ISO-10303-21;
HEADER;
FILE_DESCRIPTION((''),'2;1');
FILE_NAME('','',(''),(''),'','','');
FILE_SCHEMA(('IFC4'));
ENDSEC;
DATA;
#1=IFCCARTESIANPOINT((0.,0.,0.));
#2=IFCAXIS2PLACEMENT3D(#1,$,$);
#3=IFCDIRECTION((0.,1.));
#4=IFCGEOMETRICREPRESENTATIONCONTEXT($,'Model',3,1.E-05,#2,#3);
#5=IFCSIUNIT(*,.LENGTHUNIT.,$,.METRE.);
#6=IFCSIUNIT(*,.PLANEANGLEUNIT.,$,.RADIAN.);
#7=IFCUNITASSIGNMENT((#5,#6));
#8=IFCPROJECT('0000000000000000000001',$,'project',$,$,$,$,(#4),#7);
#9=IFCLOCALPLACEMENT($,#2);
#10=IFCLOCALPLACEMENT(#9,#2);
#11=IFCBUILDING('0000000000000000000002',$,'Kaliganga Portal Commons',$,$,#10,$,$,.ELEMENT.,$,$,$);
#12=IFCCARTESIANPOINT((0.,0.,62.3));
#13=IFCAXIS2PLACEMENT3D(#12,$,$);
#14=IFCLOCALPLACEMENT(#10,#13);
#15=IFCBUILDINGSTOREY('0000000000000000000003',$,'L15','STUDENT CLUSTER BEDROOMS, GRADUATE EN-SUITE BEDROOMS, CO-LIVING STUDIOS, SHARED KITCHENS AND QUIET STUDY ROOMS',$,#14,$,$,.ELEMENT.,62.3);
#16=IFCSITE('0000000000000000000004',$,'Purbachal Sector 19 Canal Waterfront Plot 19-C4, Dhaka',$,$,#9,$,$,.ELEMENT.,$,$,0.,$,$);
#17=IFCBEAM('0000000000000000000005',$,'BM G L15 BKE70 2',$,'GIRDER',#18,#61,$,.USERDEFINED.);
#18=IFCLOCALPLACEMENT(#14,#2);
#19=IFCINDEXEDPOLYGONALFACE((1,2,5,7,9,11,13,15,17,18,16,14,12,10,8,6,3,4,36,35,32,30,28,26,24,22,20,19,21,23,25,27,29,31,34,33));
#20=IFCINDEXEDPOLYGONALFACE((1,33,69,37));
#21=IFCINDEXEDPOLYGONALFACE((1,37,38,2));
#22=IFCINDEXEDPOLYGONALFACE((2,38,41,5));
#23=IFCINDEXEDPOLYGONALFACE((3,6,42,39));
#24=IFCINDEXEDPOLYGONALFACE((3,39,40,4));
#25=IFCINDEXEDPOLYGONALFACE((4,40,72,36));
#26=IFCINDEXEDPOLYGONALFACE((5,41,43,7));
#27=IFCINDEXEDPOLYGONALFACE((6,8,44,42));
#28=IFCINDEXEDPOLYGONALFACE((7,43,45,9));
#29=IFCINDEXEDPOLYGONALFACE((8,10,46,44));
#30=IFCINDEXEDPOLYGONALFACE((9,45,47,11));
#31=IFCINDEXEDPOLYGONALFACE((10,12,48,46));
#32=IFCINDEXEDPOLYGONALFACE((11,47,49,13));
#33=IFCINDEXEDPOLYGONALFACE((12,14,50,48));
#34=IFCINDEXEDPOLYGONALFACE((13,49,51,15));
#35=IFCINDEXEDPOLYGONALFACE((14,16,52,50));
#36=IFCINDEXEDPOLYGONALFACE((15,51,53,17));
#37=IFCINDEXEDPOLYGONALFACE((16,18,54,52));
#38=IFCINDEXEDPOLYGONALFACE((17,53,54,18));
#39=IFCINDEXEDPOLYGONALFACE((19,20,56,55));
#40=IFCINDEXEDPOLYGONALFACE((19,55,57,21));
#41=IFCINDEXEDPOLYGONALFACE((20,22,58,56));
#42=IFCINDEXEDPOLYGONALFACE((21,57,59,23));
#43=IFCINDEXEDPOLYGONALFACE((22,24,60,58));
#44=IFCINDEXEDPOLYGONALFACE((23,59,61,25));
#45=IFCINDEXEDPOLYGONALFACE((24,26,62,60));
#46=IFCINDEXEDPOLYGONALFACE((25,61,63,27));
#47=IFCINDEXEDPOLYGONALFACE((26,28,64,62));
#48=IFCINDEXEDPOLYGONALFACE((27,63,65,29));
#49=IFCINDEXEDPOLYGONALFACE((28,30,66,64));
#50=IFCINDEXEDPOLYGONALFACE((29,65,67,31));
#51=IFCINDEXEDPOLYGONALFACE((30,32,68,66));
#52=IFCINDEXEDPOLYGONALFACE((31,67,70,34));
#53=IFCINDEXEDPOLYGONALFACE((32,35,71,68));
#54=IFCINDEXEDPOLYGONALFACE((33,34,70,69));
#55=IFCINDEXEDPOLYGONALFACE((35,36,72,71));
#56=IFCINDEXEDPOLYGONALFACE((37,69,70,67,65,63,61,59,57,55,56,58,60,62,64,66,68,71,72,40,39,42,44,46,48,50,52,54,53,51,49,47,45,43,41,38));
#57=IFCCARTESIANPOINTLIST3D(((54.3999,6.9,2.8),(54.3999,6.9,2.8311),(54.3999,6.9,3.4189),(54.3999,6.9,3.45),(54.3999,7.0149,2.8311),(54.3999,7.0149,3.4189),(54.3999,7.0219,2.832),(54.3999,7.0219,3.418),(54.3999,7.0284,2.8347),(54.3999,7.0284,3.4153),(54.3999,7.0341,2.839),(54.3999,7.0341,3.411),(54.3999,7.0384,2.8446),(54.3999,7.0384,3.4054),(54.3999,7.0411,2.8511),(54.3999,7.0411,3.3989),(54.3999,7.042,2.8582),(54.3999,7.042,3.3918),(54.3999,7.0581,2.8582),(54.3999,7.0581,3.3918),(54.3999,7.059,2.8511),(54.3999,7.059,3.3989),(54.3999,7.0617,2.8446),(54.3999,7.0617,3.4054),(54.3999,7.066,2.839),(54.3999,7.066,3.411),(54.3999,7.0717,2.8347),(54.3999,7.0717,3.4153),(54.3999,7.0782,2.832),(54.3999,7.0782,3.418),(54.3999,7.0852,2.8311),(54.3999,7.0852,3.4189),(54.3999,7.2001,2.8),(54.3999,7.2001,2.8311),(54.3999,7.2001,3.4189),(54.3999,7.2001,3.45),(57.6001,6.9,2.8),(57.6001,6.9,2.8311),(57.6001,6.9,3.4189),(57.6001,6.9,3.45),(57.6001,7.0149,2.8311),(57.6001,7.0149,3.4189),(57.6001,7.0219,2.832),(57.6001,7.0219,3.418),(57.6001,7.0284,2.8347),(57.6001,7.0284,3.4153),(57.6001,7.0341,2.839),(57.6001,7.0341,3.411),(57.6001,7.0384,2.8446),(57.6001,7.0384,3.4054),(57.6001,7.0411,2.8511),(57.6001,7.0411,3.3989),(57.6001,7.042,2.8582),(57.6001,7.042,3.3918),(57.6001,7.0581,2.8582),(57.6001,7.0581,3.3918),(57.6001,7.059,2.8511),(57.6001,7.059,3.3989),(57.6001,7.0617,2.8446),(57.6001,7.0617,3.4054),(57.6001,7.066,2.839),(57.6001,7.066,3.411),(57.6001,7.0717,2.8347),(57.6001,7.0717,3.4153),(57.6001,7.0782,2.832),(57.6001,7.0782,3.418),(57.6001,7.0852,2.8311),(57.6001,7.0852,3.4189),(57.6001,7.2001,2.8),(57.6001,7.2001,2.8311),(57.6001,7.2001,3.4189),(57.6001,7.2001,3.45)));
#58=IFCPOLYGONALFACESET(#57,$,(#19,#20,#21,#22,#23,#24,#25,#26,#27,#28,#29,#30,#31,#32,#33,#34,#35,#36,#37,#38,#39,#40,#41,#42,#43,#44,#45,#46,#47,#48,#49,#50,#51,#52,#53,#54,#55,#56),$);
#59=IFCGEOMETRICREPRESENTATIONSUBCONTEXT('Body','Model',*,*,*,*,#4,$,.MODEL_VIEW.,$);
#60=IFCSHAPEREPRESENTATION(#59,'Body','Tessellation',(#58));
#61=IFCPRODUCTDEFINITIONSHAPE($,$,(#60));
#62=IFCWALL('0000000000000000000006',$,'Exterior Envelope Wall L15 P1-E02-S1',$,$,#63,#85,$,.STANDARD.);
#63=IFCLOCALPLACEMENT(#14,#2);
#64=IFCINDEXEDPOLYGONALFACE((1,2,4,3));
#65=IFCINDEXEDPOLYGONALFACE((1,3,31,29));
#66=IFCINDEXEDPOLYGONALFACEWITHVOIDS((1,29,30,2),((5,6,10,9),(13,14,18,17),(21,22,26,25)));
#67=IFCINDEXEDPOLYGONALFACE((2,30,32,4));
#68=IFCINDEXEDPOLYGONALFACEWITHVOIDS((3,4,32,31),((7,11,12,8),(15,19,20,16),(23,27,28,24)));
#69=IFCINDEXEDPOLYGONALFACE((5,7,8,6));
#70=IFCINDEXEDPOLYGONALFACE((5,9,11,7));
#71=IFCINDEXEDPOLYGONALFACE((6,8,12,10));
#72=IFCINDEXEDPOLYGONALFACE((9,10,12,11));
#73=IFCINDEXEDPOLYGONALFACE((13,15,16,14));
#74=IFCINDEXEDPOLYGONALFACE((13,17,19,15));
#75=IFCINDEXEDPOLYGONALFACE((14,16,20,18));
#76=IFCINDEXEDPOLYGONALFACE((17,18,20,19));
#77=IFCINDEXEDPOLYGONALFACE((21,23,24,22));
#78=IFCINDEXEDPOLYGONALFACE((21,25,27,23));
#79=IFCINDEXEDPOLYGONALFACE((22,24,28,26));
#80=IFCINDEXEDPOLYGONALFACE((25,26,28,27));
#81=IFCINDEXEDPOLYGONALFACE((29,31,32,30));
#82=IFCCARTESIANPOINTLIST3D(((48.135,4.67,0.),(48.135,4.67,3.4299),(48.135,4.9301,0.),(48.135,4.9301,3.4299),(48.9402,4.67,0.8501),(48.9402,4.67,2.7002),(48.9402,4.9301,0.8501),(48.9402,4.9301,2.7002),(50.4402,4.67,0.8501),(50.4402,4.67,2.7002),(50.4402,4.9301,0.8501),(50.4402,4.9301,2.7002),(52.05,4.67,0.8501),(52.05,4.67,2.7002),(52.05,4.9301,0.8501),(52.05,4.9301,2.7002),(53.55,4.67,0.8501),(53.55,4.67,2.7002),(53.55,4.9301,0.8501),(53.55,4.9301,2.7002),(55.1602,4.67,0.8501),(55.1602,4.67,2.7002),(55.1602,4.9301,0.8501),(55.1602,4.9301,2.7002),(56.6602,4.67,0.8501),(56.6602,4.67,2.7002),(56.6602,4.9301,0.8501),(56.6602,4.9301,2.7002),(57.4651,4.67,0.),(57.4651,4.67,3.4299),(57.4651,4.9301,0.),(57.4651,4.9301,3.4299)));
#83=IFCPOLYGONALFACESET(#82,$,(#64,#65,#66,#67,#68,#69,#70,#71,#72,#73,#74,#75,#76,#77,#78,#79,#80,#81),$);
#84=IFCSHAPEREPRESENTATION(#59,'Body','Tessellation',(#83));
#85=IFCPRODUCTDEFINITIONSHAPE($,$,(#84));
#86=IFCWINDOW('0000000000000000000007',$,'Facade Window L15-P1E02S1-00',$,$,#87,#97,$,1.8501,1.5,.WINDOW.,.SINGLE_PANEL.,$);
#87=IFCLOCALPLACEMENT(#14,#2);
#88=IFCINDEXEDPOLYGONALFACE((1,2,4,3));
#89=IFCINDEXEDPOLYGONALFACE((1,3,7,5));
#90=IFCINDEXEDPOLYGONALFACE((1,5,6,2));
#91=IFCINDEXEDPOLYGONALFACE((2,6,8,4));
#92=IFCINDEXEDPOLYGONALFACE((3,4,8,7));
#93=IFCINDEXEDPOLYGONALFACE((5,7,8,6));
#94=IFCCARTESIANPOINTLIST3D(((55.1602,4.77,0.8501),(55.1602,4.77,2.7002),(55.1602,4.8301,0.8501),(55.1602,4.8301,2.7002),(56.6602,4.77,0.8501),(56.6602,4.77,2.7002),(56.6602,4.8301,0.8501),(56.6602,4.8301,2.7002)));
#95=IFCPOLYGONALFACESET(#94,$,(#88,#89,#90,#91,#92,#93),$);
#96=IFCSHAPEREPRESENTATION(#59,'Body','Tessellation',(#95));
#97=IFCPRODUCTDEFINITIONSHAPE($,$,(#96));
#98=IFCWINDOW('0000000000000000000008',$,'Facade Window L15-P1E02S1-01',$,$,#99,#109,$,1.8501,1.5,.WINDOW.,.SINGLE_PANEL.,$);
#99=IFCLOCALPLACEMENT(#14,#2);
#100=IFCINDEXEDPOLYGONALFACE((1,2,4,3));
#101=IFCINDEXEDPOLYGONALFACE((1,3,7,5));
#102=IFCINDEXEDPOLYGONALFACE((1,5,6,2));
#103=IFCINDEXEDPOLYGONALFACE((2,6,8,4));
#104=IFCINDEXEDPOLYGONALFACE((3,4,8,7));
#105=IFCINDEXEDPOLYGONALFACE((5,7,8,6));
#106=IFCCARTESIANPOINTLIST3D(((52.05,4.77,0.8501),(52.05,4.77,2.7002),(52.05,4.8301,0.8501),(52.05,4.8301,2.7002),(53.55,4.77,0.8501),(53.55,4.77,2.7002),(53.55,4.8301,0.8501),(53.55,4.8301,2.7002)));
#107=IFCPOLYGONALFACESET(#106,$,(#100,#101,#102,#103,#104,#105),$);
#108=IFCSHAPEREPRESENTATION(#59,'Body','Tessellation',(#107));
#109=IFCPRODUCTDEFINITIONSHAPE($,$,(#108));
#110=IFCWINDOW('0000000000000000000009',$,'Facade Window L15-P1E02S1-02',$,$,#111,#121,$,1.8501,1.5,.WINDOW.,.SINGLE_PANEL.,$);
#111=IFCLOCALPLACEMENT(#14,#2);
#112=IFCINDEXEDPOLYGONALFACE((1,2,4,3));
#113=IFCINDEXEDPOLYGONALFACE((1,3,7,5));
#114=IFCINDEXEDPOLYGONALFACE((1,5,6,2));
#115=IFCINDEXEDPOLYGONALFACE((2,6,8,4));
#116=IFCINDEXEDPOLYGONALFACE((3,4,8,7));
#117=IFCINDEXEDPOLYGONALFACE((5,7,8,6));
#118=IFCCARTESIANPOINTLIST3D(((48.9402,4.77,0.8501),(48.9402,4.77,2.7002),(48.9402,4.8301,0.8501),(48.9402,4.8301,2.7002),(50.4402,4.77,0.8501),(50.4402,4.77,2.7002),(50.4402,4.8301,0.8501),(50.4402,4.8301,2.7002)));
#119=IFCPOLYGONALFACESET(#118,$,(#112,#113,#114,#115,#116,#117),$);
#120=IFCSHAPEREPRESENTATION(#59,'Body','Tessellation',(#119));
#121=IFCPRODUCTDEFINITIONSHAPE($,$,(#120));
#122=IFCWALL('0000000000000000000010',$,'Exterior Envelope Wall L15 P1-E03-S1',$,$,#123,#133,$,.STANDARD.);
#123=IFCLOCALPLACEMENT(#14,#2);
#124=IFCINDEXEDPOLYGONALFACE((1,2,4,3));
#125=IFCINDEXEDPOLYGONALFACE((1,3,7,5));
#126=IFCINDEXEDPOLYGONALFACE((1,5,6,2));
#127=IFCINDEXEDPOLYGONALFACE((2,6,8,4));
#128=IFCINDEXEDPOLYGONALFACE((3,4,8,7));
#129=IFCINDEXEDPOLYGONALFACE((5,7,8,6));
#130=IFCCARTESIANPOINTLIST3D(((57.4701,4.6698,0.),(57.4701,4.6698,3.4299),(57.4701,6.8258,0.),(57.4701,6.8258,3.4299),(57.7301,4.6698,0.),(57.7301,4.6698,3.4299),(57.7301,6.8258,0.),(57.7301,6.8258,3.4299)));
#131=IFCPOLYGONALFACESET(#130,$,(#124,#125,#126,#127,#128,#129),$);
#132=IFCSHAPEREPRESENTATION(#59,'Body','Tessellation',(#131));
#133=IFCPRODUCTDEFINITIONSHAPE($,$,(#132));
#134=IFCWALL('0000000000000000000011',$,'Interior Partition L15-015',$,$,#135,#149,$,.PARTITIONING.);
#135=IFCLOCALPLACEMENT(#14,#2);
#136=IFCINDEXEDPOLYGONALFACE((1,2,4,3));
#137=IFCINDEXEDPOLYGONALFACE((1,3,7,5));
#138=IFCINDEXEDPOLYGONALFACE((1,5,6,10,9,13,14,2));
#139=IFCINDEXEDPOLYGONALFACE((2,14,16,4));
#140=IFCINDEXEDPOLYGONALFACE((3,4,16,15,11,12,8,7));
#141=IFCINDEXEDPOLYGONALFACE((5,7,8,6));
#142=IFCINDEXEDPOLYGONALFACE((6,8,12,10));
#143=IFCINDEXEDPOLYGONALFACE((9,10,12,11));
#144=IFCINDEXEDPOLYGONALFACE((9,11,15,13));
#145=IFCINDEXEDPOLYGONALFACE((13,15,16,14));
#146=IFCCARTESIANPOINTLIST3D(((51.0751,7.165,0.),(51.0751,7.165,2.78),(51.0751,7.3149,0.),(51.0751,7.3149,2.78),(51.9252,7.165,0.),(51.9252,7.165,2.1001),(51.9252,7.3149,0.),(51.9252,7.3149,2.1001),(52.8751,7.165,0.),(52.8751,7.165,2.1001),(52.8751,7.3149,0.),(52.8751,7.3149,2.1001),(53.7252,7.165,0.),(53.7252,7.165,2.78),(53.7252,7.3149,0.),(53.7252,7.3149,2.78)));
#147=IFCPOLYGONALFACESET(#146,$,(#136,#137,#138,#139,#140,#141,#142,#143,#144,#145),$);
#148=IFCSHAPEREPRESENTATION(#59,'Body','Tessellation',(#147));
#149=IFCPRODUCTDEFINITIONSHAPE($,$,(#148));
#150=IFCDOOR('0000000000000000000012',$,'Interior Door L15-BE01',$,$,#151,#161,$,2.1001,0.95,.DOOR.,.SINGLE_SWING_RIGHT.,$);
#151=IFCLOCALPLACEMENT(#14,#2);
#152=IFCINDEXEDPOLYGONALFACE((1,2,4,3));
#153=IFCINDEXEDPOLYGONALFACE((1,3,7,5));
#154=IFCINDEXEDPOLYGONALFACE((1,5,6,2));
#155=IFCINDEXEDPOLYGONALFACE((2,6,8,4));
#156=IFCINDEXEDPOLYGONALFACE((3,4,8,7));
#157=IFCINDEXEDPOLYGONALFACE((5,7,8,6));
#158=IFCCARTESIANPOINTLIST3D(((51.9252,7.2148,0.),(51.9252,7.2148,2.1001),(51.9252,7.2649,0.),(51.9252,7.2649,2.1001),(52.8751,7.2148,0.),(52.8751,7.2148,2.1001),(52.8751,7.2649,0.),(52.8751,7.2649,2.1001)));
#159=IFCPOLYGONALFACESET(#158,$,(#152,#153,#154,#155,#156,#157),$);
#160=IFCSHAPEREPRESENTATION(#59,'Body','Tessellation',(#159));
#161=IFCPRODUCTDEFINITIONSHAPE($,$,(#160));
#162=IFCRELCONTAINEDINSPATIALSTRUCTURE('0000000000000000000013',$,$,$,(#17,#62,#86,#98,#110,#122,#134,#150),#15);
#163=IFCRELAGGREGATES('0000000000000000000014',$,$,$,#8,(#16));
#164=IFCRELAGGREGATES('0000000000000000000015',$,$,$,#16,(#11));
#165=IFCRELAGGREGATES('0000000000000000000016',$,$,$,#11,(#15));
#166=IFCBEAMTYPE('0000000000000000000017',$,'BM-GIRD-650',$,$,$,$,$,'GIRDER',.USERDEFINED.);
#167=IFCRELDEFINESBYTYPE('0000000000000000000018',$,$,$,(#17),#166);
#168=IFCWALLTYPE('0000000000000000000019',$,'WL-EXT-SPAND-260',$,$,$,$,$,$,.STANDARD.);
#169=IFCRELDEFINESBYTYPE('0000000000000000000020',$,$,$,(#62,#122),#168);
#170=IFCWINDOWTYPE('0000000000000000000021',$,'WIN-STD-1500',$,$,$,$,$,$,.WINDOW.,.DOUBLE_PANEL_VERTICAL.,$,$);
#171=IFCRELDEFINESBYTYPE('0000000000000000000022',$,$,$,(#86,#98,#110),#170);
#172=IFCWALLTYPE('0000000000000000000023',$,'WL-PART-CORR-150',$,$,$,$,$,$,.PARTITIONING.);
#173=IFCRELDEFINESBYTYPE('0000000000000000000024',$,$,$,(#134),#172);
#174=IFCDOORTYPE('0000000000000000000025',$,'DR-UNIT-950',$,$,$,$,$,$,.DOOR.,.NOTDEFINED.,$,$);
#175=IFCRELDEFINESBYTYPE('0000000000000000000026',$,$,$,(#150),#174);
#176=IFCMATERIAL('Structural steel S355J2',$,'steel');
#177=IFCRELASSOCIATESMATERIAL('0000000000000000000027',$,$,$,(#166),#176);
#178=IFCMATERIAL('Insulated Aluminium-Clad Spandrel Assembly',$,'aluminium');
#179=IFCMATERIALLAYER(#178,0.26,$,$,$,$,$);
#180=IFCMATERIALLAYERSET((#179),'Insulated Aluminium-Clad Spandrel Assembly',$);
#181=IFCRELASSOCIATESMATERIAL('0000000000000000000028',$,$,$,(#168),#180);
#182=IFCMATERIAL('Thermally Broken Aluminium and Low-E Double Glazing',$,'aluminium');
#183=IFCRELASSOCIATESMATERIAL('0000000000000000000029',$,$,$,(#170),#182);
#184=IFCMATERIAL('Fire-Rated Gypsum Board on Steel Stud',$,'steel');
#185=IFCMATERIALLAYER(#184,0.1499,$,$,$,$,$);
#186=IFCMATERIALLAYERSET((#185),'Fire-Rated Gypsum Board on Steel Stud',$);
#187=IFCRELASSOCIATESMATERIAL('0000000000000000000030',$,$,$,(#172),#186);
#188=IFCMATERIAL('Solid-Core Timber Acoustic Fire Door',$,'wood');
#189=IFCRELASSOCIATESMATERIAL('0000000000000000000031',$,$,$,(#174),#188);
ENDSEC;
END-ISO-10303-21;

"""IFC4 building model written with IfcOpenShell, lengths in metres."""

from ifc_helpers import new_model, si_unit, direction, frame, frame_2d, origin, origin_2d, place, context, subcontext, project, spatial, rectangle, i_section, extrude, source, transform, mapped, material, layer, layer_set, material_profile, profile_set, type_object, element, fill, save


model = new_model("IFC4")

# Units and contexts
model_context = context("Model", 3, precision=1e-05, world=origin(), true_north=direction((0.0, 1.0)))
body_context = subcontext(model_context, "Body", "Model", "MODEL_VIEW")
ifc_project = project(units=[si_unit("LENGTHUNIT", "METRE"), si_unit("PLANEANGLEUNIT", "RADIAN")], contexts=[model_context])

# Site, building, storey
site_placement = place(None, origin())
site = spatial("IfcSite", under=ifc_project, at=site_placement, Name="Purbachal Sector 19 Canal Waterfront Plot 19-C4, Dhaka", CompositionType="ELEMENT", RefElevation=0.0)
building_placement = place(site_placement, origin())
building = spatial("IfcBuilding", under=site, at=building_placement, Name="Kaliganga Portal Commons", CompositionType="ELEMENT")
storey_placement = place(building_placement, frame((0.0, 0.0, 62.3)))
storey = spatial("IfcBuildingStorey", under=building, at=storey_placement, Name="L15", Description="STUDENT CLUSTER BEDROOMS, GRADUATE EN-SUITE BEDROOMS, CO-LIVING STUDIOS, SHARED KITCHENS AND QUIET STUDY ROOMS", CompositionType="ELEMENT", Elevation=62.3)

# Beam
ifc_material_1 = material(Name="Structural steel S355J2", Category="steel")
ifc_material_profile_1 = material_profile(ifc_material_1, i_section(OverallWidth=0.3, OverallDepth=0.6499, WebThickness=0.0161, FlangeThickness=0.031, FilletRadius=0.0271, at=origin_2d()), Name="HE 650 B")
ifc_profile_set_1 = profile_set([ifc_material_profile_1], Name="Structural steel S355J2 wide-flange")
beam_type_1 = type_object("IfcBeamType", Name="BM-GIRD-650", ElementType="GIRDER", PredefinedType="USERDEFINED", material=ifc_profile_set_1)
shared_shape_1 = source(origin(), body_context, "Body", "SweptSolid", [
    extrude(i_section(OverallWidth=0.3, OverallDepth=0.6499, WebThickness=0.0161, FlangeThickness=0.031, FilletRadius=0.0271, at=origin_2d()), origin(), (0.0, 0.0, 1.0), 3.2002),
])
beam_1_placement = place(storey_placement, frame((54.3999, 7.05, 3.125), z_axis=(1.0, 0.0, 0.0), x_axis=(0.0, 1.0, 0.0)))
element("IfcBeam", 1, at=beam_1_placement, inside=storey, type_object=beam_type_1, Name="BM G L15 BKE70 2", ObjectType="GIRDER", PredefinedType="USERDEFINED", context=body_context, shape_type="MappedRepresentation", body=[
    mapped(shared_shape_1, transform((0.0, 0.0, 0.0), x_axis=(1.0, 0.0, 0.0), y_axis=(0.0, 1.0, 0.0), z_axis=(0.0, 0.0, 1.0), scale=1.0)),
])

# Wall, openings, windows
ifc_material_2 = material(Name="Insulated Aluminium-Clad Spandrel Assembly", Category="aluminium")
ifc_layer_1 = layer(ifc_material_2, 0.26)
ifc_layer_set_1 = layer_set([ifc_layer_1], Name="Insulated Aluminium-Clad Spandrel Assembly")
wall_type_1 = type_object("IfcWallType", Name="WL-EXT-SPAND-260", PredefinedType="STANDARD", material=ifc_layer_set_1)
wall_1_placement = place(storey_placement, frame((57.4651, 4.8, 0.0), z_axis=(0.0, 0.0, 1.0), x_axis=(-1.0, 0.0, 0.0)))
wall_1 = element("IfcWall", 2, at=wall_1_placement, inside=storey, type_object=wall_type_1, Name="Exterior Envelope Wall L15 P1-E02-S1", PredefinedType="STANDARD", context=body_context, shape_type="SweptSolid", body=[
    extrude(rectangle(XDim=9.3301, YDim=0.26, at=frame_2d((4.665, 0.0))), origin(), (0.0, 0.0, 1.0), 3.4299),
])
opening_1_placement = place(wall_1_placement, frame((0.8049, 0.0, 0.8501)))
opening_1 = element("IfcOpeningElement", 3, at=opening_1_placement, cuts=wall_1, PredefinedType="OPENING", context=body_context, shape_type="SweptSolid", body=[
    extrude(rectangle(XDim=1.5, YDim=1.8501, at=frame_2d((0.75, 0.925))), frame((0.0, 0.1401, 0.0), z_axis=(0.0, -1.0, 0.0), x_axis=(1.0, 0.0, 0.0)), (0.0, 0.0, 1.0), 0.28),
])
opening_2_placement = place(wall_1_placement, frame((3.915, 0.0, 0.8501)))
opening_2 = element("IfcOpeningElement", 4, at=opening_2_placement, cuts=wall_1, PredefinedType="OPENING", context=body_context, shape_type="SweptSolid", body=[
    extrude(rectangle(XDim=1.5, YDim=1.8501, at=frame_2d((0.75, 0.925))), frame((0.0, 0.1401, 0.0), z_axis=(0.0, -1.0, 0.0), x_axis=(1.0, 0.0, 0.0)), (0.0, 0.0, 1.0), 0.28),
])
opening_3_placement = place(wall_1_placement, frame((7.0249, 0.0, 0.8501)))
opening_3 = element("IfcOpeningElement", 5, at=opening_3_placement, cuts=wall_1, PredefinedType="OPENING", context=body_context, shape_type="SweptSolid", body=[
    extrude(rectangle(XDim=1.5, YDim=1.8501, at=frame_2d((0.75, 0.925))), frame((0.0, 0.1401, 0.0), z_axis=(0.0, -1.0, 0.0), x_axis=(1.0, 0.0, 0.0)), (0.0, 0.0, 1.0), 0.28),
])
ifc_material_3 = material(Name="Thermally Broken Aluminium and Low-E Double Glazing", Category="aluminium")
window_type = type_object("IfcWindowType", Name="WIN-STD-1500", PartitioningType="DOUBLE_PANEL_VERTICAL", PredefinedType="WINDOW", material=ifc_material_3)
window_1_placement = place(opening_1_placement, origin())
window_1 = element("IfcWindow", 6, at=window_1_placement, inside=storey, type_object=window_type, Name="Facade Window L15-P1E02S1-00", OverallHeight=1.8501, OverallWidth=1.5, PartitioningType="SINGLE_PANEL", PredefinedType="WINDOW", context=body_context, shape_type="SweptSolid", body=[
    extrude(rectangle(XDim=1.5, YDim=1.8501, at=frame_2d((0.75, 0.925))), frame((0.0, 0.03, 0.0), z_axis=(0.0, -1.0, 0.0), x_axis=(1.0, 0.0, 0.0)), (0.0, 0.0, 1.0), 0.0601),
])
fill(opening_1, window_1)
window_2_placement = place(opening_2_placement, origin())
window_2 = element("IfcWindow", 7, at=window_2_placement, inside=storey, type_object=window_type, Name="Facade Window L15-P1E02S1-01", OverallHeight=1.8501, OverallWidth=1.5, PartitioningType="SINGLE_PANEL", PredefinedType="WINDOW", context=body_context, shape_type="SweptSolid", body=[
    extrude(rectangle(XDim=1.5, YDim=1.8501, at=frame_2d((0.75, 0.925))), frame((0.0, 0.03, 0.0), z_axis=(0.0, -1.0, 0.0), x_axis=(1.0, 0.0, 0.0)), (0.0, 0.0, 1.0), 0.0601),
])
fill(opening_2, window_2)
window_3_placement = place(opening_3_placement, origin())
window_3 = element("IfcWindow", 8, at=window_3_placement, inside=storey, type_object=window_type, Name="Facade Window L15-P1E02S1-02", OverallHeight=1.8501, OverallWidth=1.5, PartitioningType="SINGLE_PANEL", PredefinedType="WINDOW", context=body_context, shape_type="SweptSolid", body=[
    extrude(rectangle(XDim=1.5, YDim=1.8501, at=frame_2d((0.75, 0.925))), frame((0.0, 0.03, 0.0), z_axis=(0.0, -1.0, 0.0), x_axis=(1.0, 0.0, 0.0)), (0.0, 0.0, 1.0), 0.0601),
])
fill(opening_3, window_3)

# Wall
wall_2_placement = place(storey_placement, frame((57.6001, 6.8259, 0.0), z_axis=(0.0, 0.0, 1.0), x_axis=(0.0, -1.0, 0.0)))
element("IfcWall", 9, at=wall_2_placement, inside=storey, type_object=wall_type_1, Name="Exterior Envelope Wall L15 P1-E03-S1", PredefinedType="STANDARD", context=body_context, shape_type="SweptSolid", body=[
    extrude(rectangle(XDim=2.156, YDim=0.26, at=frame_2d((1.0781, 0.0))), origin(), (0.0, 0.0, 1.0), 3.4299),
])

# Wall, opening, door
ifc_material_4 = material(Name="Fire-Rated Gypsum Board on Steel Stud", Category="steel")
ifc_layer_2 = layer(ifc_material_4, 0.1499)
ifc_layer_set_2 = layer_set([ifc_layer_2], Name="Fire-Rated Gypsum Board on Steel Stud")
wall_type_2 = type_object("IfcWallType", Name="WL-PART-CORR-150", PredefinedType="PARTITIONING", material=ifc_layer_set_2)
wall_3_placement = place(storey_placement, frame((51.075, 7.24, 0.0), z_axis=(0.0, 0.0, 1.0), x_axis=(1.0, 0.0, 0.0)))
wall_3 = element("IfcWall", 10, at=wall_3_placement, inside=storey, type_object=wall_type_2, Name="Interior Partition L15-015", PredefinedType="PARTITIONING", context=body_context, shape_type="SweptSolid", body=[
    extrude(rectangle(XDim=2.6501, YDim=0.1499, at=frame_2d((1.3252, 0.0))), origin(), (0.0, 0.0, 1.0), 2.78),
])
opening_4_placement = place(wall_3_placement, frame((0.8501, 0.0, 0.0)))
opening_4 = element("IfcOpeningElement", 11, at=opening_4_placement, cuts=wall_3, PredefinedType="OPENING", context=body_context, shape_type="SweptSolid", body=[
    extrude(rectangle(XDim=0.95, YDim=2.1001, at=frame_2d((0.4751, 1.05))), frame((0.0, 0.085, 0.0), z_axis=(0.0, -1.0, 0.0), x_axis=(1.0, 0.0, 0.0)), (0.0, 0.0, 1.0), 0.1699),
])
ifc_material_5 = material(Name="Solid-Core Timber Acoustic Fire Door", Category="wood")
door_type = type_object("IfcDoorType", Name="DR-UNIT-950", OperationType="NOTDEFINED", PredefinedType="DOOR", material=ifc_material_5)
door_placement = place(opening_4_placement, origin())
door = element("IfcDoor", 12, at=door_placement, inside=storey, type_object=door_type, Name="Interior Door L15-BE01", OperationType="SINGLE_SWING_RIGHT", OverallHeight=2.1001, OverallWidth=0.95, PredefinedType="DOOR", context=body_context, shape_type="SweptSolid", body=[
    extrude(rectangle(XDim=0.95, YDim=2.1001, at=frame_2d((0.4751, 1.05))), frame((0.0, 0.0249, 0.0), z_axis=(0.0, -1.0, 0.0), x_axis=(1.0, 0.0, 0.0)), (0.0, 0.0, 1.0), 0.05),
])
fill(opening_4, door)

save(model, "model.ifc")
